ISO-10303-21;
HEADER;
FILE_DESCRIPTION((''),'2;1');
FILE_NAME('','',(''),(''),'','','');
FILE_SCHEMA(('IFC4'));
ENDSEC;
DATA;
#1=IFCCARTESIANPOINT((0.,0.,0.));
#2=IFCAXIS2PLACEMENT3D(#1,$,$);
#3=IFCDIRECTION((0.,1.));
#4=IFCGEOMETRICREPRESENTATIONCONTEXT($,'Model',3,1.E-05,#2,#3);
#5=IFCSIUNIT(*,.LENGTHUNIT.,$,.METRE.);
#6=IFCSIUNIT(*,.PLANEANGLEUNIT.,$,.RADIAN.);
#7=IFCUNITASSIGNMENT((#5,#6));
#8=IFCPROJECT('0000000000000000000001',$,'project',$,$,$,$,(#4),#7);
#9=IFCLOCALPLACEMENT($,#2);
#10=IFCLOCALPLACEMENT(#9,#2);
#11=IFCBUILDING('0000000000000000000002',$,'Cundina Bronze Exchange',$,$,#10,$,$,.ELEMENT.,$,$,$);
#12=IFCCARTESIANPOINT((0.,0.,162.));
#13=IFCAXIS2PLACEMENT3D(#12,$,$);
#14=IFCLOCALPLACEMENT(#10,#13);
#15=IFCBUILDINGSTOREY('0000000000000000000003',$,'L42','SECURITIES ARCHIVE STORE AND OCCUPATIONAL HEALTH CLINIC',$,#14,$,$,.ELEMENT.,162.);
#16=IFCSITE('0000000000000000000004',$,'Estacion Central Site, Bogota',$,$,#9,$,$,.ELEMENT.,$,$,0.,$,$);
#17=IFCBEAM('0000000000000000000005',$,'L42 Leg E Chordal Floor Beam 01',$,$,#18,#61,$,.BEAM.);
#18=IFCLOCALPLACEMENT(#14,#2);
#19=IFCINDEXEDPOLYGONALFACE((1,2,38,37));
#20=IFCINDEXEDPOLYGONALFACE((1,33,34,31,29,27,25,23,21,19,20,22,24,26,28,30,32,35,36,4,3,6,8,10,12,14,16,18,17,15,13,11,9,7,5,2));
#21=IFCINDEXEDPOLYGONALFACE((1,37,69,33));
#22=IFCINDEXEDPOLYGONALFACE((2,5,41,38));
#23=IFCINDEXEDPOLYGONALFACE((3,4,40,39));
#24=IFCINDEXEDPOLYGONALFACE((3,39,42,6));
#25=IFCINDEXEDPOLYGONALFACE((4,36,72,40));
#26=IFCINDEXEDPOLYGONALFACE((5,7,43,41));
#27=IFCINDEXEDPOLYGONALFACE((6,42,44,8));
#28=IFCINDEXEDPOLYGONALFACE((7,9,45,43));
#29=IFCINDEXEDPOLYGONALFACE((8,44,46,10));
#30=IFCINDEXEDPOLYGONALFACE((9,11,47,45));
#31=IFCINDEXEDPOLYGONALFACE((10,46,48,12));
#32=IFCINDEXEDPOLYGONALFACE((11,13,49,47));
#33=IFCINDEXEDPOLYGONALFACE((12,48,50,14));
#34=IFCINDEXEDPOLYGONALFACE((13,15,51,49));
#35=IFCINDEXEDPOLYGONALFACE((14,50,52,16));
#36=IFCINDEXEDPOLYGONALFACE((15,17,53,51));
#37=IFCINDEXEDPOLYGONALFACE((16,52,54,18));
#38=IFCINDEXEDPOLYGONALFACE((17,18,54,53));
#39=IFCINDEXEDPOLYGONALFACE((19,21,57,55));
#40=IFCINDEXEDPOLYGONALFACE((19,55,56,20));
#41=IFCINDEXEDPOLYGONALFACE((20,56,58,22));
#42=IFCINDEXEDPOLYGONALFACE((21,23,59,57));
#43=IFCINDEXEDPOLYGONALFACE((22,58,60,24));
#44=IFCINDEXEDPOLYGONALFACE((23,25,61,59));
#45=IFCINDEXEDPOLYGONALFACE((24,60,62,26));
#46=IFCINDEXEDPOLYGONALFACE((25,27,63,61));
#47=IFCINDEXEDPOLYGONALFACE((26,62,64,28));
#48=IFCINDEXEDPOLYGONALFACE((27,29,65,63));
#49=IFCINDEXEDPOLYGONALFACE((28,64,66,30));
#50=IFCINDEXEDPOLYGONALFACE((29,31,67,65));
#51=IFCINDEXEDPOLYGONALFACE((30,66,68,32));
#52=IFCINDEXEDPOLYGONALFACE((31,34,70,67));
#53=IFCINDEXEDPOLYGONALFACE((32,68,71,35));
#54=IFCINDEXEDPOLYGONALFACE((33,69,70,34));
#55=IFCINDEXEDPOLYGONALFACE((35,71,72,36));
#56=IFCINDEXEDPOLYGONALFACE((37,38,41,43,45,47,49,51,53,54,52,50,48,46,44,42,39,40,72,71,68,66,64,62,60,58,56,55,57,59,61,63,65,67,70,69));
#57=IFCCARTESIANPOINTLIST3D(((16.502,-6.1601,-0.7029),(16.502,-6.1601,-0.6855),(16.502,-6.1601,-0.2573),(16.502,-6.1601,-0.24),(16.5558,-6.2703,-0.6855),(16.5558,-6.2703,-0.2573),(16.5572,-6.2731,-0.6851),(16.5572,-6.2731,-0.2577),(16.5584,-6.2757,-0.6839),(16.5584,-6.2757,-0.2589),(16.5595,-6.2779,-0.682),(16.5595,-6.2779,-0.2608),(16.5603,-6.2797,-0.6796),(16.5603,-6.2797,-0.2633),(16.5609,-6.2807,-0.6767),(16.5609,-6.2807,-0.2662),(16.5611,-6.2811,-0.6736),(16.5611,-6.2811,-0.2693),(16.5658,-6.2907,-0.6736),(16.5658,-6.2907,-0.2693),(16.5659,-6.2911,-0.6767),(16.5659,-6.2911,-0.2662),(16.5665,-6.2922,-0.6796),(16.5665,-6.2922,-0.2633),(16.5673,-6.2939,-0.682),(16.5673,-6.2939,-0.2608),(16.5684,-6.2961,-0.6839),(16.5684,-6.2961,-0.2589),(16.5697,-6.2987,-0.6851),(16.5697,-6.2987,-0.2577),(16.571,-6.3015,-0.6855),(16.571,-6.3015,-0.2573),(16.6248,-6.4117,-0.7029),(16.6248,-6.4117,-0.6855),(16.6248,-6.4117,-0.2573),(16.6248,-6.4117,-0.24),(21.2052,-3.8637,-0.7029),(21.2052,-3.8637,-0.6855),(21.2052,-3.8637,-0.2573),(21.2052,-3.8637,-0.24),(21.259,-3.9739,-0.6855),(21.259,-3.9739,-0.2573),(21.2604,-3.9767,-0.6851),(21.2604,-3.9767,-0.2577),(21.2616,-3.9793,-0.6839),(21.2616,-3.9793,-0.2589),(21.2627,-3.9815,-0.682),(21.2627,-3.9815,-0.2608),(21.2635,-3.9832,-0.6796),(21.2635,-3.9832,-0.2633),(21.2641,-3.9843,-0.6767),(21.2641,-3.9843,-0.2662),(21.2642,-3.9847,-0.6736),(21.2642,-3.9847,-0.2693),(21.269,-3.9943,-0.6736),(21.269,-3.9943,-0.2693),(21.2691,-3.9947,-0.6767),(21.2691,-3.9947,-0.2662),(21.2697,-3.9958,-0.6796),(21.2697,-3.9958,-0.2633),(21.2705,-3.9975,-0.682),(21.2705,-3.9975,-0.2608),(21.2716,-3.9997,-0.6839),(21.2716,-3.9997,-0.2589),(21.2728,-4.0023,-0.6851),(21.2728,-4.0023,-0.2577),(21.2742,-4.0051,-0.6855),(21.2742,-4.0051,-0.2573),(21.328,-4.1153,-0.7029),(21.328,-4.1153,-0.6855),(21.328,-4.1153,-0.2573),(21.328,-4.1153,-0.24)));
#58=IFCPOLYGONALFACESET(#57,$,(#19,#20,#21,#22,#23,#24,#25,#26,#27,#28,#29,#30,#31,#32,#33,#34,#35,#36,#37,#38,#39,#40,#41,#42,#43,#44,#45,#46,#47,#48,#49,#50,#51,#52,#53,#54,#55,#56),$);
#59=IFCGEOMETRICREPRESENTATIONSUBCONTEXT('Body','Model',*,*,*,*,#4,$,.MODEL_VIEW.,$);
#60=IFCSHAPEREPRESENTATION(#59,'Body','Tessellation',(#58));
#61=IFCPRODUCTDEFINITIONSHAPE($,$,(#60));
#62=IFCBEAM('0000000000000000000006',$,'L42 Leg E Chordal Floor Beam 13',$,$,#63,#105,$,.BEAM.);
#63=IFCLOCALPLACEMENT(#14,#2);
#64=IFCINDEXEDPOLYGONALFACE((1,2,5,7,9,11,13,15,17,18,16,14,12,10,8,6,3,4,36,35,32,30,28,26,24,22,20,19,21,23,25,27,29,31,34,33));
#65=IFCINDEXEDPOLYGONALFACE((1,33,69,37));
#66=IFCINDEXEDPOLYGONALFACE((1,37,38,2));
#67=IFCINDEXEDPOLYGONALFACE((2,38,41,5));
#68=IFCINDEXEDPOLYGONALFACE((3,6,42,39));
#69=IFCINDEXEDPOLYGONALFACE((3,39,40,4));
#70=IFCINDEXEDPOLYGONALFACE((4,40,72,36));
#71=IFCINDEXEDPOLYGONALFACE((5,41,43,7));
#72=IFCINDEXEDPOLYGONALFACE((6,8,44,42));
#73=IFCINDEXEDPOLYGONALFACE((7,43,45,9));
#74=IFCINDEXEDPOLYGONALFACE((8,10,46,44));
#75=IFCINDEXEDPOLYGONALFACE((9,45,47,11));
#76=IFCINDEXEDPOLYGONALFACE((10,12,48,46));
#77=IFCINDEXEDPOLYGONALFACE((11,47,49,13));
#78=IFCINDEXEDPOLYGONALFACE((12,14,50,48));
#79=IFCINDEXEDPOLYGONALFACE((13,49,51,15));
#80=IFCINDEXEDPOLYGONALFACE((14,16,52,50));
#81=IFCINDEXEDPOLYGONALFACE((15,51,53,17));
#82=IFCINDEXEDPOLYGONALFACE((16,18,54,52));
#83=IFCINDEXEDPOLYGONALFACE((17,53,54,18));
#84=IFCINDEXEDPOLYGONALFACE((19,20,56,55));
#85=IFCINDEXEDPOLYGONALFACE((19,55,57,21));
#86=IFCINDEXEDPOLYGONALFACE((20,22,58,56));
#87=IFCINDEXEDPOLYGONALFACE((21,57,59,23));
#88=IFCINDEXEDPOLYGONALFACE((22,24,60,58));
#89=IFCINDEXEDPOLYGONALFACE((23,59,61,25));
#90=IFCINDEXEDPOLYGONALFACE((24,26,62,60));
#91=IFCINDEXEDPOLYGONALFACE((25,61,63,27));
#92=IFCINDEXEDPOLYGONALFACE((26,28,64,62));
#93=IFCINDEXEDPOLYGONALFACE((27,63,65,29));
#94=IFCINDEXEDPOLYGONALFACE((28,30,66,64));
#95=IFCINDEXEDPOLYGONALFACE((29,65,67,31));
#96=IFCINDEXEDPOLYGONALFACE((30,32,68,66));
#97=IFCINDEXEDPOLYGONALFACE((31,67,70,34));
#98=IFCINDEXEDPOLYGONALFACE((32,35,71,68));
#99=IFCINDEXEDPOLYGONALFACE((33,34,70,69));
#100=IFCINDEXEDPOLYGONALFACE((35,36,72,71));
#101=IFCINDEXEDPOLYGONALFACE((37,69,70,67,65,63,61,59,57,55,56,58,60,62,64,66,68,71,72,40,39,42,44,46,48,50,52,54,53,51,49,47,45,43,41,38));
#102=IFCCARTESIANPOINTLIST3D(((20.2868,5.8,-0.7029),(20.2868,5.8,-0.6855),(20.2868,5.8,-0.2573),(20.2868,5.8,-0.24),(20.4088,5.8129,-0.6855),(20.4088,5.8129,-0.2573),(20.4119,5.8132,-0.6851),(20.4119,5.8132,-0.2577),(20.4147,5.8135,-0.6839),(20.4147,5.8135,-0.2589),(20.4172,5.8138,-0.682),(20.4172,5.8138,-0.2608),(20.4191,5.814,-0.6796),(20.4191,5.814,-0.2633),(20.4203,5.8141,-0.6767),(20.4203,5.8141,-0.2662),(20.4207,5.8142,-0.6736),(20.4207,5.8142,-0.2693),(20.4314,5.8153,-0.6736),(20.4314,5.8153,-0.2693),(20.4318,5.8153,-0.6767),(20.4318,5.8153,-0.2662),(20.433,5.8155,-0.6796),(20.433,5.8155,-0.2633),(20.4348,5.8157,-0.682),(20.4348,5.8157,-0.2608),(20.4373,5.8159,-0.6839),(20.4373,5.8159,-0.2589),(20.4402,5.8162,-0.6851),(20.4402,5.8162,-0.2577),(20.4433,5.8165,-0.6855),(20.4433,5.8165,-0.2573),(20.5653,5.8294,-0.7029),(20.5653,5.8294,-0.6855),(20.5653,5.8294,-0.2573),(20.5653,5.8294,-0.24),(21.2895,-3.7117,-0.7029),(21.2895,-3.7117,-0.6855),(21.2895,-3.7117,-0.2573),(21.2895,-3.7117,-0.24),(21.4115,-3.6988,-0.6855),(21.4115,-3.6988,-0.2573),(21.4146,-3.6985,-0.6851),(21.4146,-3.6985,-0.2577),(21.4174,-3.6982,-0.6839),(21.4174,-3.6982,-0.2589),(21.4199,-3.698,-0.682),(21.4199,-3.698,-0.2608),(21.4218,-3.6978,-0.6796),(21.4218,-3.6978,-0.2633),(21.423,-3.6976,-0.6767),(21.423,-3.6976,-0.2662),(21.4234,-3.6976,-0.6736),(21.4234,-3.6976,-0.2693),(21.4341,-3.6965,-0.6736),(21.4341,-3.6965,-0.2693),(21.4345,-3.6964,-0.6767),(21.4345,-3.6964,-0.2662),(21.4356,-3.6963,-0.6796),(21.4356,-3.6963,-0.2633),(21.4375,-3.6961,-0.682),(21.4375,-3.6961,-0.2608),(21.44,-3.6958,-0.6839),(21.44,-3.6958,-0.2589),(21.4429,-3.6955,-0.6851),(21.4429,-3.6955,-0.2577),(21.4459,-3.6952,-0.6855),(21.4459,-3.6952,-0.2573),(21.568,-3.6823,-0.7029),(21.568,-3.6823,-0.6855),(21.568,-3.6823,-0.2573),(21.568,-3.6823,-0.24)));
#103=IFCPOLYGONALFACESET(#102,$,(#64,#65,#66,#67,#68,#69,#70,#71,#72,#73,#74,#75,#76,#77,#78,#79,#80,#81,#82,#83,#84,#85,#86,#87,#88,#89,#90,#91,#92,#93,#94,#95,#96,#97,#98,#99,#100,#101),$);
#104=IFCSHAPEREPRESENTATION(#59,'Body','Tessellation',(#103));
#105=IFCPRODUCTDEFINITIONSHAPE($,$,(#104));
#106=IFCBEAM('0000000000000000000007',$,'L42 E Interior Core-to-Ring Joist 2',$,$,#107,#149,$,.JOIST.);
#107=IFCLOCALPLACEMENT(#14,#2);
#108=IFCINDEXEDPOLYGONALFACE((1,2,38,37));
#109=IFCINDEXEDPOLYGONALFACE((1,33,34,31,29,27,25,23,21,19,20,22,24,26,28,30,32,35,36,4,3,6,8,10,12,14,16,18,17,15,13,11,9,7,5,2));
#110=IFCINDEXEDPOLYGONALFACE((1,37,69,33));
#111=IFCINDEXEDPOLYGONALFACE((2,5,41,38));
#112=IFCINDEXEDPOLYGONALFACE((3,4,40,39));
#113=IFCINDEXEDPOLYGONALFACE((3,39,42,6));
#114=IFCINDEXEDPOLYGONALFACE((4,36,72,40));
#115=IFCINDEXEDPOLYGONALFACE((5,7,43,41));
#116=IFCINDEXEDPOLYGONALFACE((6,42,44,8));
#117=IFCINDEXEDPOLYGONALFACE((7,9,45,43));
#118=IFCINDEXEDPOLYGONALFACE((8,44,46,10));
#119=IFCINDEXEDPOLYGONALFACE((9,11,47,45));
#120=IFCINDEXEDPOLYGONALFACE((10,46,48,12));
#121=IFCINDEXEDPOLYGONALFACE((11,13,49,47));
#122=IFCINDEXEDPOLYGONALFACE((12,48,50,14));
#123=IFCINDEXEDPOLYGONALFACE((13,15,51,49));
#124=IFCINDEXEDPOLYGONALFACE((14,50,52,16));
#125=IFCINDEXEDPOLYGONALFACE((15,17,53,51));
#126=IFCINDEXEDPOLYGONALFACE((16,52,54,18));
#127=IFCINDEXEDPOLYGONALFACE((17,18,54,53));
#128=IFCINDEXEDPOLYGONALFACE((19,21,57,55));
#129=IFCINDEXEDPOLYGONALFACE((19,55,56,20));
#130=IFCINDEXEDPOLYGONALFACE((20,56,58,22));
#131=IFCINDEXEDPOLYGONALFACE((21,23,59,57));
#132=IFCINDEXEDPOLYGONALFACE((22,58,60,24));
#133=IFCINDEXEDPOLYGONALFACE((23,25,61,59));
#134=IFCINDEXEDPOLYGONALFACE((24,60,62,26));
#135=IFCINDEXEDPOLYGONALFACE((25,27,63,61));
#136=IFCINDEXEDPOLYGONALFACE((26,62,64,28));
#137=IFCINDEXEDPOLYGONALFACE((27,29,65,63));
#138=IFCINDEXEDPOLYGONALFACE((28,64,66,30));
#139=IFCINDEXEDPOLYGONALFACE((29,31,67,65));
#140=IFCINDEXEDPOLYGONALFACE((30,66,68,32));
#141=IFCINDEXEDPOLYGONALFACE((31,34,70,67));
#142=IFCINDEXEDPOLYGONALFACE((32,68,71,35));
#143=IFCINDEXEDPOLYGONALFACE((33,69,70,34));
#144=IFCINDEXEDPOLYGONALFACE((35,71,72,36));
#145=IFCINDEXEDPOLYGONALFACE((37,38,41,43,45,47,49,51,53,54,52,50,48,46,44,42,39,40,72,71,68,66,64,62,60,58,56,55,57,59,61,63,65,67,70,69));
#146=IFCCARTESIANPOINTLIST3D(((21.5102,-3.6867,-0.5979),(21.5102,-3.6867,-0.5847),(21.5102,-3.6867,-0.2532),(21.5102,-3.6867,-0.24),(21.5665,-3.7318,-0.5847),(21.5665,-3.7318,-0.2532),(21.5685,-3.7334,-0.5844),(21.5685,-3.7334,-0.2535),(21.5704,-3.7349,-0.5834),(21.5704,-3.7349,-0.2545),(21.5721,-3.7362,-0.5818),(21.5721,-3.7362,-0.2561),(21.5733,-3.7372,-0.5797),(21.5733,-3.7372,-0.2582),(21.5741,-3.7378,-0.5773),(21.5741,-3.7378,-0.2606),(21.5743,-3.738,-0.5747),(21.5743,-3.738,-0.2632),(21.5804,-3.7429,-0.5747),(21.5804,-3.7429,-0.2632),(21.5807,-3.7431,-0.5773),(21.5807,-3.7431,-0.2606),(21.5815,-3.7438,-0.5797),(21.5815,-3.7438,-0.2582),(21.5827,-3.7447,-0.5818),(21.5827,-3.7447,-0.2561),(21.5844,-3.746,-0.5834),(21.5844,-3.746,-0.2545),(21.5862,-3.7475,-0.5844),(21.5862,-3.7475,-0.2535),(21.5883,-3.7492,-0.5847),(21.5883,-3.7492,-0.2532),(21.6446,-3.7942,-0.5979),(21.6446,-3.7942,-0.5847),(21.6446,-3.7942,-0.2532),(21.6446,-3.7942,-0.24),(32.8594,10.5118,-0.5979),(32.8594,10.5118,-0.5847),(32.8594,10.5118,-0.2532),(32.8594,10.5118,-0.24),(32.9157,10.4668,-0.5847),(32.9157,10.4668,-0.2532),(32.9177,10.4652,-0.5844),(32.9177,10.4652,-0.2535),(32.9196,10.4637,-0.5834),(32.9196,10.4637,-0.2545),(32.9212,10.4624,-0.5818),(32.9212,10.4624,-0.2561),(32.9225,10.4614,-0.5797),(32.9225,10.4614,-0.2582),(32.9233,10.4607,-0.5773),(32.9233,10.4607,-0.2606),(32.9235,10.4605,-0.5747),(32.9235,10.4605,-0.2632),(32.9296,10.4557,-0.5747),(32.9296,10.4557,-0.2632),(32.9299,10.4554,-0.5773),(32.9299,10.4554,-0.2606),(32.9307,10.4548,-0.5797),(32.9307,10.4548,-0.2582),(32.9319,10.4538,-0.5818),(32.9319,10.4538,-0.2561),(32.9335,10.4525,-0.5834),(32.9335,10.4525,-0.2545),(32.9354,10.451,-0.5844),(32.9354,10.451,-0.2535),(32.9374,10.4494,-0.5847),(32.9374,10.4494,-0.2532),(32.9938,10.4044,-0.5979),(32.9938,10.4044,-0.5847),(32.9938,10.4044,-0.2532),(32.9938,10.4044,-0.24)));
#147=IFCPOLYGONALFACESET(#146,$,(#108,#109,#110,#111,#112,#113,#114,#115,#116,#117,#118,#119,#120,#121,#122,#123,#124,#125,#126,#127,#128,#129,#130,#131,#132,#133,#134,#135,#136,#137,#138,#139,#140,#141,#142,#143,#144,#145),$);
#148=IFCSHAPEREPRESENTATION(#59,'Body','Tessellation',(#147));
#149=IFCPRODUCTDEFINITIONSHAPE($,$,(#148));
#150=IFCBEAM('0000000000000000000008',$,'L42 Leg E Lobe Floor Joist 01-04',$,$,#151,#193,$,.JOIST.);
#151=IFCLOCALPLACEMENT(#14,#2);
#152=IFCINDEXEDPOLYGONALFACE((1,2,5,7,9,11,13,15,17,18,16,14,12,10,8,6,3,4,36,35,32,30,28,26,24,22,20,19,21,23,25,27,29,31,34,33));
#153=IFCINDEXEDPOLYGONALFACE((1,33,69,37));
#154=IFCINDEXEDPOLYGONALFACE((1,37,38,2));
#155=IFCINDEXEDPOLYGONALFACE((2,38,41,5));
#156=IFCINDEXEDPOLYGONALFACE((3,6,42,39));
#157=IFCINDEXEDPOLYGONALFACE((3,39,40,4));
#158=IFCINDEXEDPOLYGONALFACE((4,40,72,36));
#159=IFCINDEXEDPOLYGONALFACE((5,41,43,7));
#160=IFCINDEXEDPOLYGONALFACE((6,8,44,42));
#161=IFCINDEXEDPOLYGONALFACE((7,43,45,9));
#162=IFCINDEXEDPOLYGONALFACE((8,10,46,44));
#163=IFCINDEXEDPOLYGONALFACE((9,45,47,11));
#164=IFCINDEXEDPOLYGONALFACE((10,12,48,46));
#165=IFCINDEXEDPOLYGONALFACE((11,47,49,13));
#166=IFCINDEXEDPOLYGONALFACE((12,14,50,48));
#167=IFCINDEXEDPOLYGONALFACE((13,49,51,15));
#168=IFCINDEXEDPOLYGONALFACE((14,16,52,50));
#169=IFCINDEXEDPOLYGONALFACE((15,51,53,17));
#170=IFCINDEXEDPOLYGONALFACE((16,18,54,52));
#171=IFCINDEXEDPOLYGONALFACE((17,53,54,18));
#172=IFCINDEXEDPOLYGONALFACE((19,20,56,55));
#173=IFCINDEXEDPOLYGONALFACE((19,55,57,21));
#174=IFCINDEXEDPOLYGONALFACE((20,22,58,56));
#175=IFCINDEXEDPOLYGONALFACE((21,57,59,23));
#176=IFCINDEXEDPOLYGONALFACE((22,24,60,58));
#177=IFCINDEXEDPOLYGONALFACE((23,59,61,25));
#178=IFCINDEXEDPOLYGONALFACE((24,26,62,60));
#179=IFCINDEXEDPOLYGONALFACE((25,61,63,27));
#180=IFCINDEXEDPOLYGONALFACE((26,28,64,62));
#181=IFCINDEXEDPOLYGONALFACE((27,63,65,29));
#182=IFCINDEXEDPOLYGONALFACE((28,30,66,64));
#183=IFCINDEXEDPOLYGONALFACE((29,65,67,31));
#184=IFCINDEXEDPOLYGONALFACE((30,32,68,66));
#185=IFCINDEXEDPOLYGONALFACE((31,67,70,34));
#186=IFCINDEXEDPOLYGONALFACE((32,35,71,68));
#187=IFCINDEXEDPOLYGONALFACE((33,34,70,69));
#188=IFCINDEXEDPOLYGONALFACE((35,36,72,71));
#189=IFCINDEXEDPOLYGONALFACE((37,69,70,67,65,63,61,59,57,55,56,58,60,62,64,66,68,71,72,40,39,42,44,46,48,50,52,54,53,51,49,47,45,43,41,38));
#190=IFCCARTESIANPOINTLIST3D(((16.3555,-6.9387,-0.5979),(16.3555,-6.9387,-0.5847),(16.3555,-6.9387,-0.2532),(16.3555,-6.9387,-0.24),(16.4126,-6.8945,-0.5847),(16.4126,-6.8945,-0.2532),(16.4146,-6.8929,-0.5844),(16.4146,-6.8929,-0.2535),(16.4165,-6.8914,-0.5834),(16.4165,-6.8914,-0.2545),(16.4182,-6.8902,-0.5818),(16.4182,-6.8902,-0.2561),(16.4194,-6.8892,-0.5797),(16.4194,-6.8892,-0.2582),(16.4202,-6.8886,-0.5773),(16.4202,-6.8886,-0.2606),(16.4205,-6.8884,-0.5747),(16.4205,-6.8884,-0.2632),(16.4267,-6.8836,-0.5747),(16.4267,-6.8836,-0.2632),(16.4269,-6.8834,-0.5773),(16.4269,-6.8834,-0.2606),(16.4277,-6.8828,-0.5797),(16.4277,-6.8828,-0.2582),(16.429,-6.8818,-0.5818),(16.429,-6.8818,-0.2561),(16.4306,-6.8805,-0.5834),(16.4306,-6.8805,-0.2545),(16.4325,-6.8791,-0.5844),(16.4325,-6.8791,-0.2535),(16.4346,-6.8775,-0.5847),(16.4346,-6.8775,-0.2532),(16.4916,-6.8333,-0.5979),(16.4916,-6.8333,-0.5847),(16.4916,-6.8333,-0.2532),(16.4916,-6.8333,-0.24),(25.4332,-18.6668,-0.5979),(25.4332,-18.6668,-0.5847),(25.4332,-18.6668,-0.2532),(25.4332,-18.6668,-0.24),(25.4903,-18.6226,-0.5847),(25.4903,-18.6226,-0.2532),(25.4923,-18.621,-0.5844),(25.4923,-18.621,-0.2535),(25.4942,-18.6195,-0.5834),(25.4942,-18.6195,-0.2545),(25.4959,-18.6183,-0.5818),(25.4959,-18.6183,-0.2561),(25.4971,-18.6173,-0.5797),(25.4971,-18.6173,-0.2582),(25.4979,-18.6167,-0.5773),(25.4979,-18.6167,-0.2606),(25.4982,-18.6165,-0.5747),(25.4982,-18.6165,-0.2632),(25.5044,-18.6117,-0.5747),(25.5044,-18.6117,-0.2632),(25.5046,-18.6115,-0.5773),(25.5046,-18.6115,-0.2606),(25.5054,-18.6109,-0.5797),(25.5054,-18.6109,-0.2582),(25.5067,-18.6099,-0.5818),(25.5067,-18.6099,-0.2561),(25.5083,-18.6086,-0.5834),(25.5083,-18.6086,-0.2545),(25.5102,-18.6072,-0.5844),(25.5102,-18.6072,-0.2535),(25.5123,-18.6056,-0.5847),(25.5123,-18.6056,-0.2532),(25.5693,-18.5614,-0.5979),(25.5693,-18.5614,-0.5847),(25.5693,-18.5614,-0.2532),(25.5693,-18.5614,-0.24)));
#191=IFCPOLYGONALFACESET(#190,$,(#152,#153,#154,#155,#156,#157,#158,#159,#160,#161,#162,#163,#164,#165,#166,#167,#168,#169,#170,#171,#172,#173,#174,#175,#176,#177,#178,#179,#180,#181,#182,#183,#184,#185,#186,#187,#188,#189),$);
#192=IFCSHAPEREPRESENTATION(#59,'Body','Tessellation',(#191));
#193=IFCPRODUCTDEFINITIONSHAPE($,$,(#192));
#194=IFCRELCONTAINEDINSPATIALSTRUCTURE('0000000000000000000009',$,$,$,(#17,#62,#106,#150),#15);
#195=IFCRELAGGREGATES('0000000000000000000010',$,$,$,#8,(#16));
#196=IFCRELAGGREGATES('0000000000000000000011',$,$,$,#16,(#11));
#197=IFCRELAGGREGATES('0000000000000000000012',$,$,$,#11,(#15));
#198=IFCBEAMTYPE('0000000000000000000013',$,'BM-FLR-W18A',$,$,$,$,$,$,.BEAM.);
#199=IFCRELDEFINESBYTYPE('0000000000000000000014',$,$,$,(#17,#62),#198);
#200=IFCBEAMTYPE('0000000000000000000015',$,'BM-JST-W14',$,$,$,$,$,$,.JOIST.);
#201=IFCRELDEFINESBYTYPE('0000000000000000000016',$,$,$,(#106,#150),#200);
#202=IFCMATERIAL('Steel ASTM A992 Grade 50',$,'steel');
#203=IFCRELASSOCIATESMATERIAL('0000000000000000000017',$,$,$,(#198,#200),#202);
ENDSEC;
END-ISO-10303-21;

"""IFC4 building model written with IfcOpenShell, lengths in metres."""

from ifc_helpers import new_model, si_unit, direction, frame, origin, origin_2d, place, context, subcontext, project, spatial, i_section, extrude, material, material_profile, profile_set, type_object, element, save


model = new_model("IFC4")

# Units and contexts
model_context = context("Model", 3, precision=1e-05, world=origin(), true_north=direction((0.0, 1.0)))
body_context = subcontext(model_context, "Body", "Model", "MODEL_VIEW")
ifc_project = project(units=[si_unit("LENGTHUNIT", "METRE"), si_unit("PLANEANGLEUNIT", "RADIAN")], contexts=[model_context])

# Site, building, storey
site_placement = place(None, origin())
site = spatial("IfcSite", under=ifc_project, at=site_placement, Name="Estacion Central Site, Bogota", CompositionType="ELEMENT", RefElevation=0.0)
building_placement = place(site_placement, origin())
building = spatial("IfcBuilding", under=site, at=building_placement, Name="Cundina Bronze Exchange", CompositionType="ELEMENT")
storey_placement = place(building_placement, frame((0.0, 0.0, 162.0)))
storey = spatial("IfcBuildingStorey", under=building, at=storey_placement, Name="L42", Description="SECURITIES ARCHIVE STORE AND OCCUPATIONAL HEALTH CLINIC", CompositionType="ELEMENT", Elevation=162.0)

# Shared definitions
ifc_material_1 = material(Name="Steel ASTM A992 Grade 50", Category="steel")

# Beams
ifc_material_profile_1 = material_profile(ifc_material_1, i_section(OverallWidth=0.28, OverallDepth=0.4629, WebThickness=0.0107, FlangeThickness=0.0173, FilletRadius=0.012, at=origin_2d()), Name="W18X76", Category="steel")
ifc_profile_set_1 = profile_set([ifc_material_profile_1], Name="Steel ASTM A992 Grade 50")
beam_type_1 = type_object("IfcBeamType", Name="BM-FLR-W18A", PredefinedType="BEAM", material=ifc_profile_set_1)
beam_1_placement = place(storey_placement, frame((21.2666, -3.9895, -0.4714), z_axis=(-0.898604, -0.43876, 0.0), x_axis=(0.43876, -0.898604, 0.0)))
element("IfcBeam", 1, at=beam_1_placement, inside=storey, type_object=beam_type_1, Name="L42 Leg E Chordal Floor Beam 01", PredefinedType="BEAM", context=body_context, shape_type="SweptSolid", body=[
    extrude(i_section(OverallWidth=0.28, OverallDepth=0.4629, WebThickness=0.0107, FlangeThickness=0.0173, FilletRadius=0.012, at=origin_2d()), origin(), (0.0, 0.0, 1.0), 5.2339),
])
beam_2_placement = place(storey_placement, frame((21.4287, -3.697, -0.4714), z_axis=(-0.104835, 0.99449, 0.0), x_axis=(-0.99449, -0.104835, 0.0)))
element("IfcBeam", 2, at=beam_2_placement, inside=storey, type_object=beam_type_1, Name="L42 Leg E Chordal Floor Beam 13", PredefinedType="BEAM", context=body_context, shape_type="SweptSolid", body=[
    extrude(i_section(OverallWidth=0.28, OverallDepth=0.4629, WebThickness=0.0107, FlangeThickness=0.0173, FilletRadius=0.012, at=origin_2d()), origin(), (0.0, 0.0, 1.0), 9.5645),
])
ifc_material_profile_2 = material_profile(ifc_material_1, i_section(OverallWidth=0.1721, OverallDepth=0.3579, WebThickness=0.0078, FlangeThickness=0.0132, FilletRadius=0.01, at=origin_2d()), Name="W14X38", Category="steel")
ifc_profile_set_2 = profile_set([ifc_material_profile_2], Name="Steel ASTM A992 Grade 50")
beam_type_2 = type_object("IfcBeamType", Name="BM-JST-W14", PredefinedType="JOIST", material=ifc_profile_set_2)
beam_3_placement = place(storey_placement, frame((21.5774, -3.7405, -0.4189), z_axis=(0.624371, 0.781128, 0.0), x_axis=(-0.781128, 0.624371, 0.0)))
element("IfcBeam", 3, at=beam_3_placement, inside=storey, type_object=beam_type_2, Name="L42 E Interior Core-to-Ring Joist 2", PredefinedType="JOIST", context=body_context, shape_type="SweptSolid", body=[
    extrude(i_section(OverallWidth=0.1721, OverallDepth=0.3579, WebThickness=0.0078, FlangeThickness=0.0132, FilletRadius=0.01, at=origin_2d()), origin(), (0.0, 0.0, 1.0), 18.177),
])
beam_4_placement = place(storey_placement, frame((16.4236, -6.886, -0.4189), z_axis=(0.612084, -0.790793, 0.0), x_axis=(0.790793, 0.612084, 0.0)))
element("IfcBeam", 4, at=beam_4_placement, inside=storey, type_object=beam_type_2, Name="L42 Leg E Lobe Floor Joist 01-04", PredefinedType="JOIST", context=body_context, shape_type="SweptSolid", body=[
    extrude(i_section(OverallWidth=0.1721, OverallDepth=0.3579, WebThickness=0.0078, FlangeThickness=0.0132, FilletRadius=0.01, at=origin_2d()), origin(), (0.0, 0.0, 1.0), 14.8308),
])

save(model, "model.ifc")
